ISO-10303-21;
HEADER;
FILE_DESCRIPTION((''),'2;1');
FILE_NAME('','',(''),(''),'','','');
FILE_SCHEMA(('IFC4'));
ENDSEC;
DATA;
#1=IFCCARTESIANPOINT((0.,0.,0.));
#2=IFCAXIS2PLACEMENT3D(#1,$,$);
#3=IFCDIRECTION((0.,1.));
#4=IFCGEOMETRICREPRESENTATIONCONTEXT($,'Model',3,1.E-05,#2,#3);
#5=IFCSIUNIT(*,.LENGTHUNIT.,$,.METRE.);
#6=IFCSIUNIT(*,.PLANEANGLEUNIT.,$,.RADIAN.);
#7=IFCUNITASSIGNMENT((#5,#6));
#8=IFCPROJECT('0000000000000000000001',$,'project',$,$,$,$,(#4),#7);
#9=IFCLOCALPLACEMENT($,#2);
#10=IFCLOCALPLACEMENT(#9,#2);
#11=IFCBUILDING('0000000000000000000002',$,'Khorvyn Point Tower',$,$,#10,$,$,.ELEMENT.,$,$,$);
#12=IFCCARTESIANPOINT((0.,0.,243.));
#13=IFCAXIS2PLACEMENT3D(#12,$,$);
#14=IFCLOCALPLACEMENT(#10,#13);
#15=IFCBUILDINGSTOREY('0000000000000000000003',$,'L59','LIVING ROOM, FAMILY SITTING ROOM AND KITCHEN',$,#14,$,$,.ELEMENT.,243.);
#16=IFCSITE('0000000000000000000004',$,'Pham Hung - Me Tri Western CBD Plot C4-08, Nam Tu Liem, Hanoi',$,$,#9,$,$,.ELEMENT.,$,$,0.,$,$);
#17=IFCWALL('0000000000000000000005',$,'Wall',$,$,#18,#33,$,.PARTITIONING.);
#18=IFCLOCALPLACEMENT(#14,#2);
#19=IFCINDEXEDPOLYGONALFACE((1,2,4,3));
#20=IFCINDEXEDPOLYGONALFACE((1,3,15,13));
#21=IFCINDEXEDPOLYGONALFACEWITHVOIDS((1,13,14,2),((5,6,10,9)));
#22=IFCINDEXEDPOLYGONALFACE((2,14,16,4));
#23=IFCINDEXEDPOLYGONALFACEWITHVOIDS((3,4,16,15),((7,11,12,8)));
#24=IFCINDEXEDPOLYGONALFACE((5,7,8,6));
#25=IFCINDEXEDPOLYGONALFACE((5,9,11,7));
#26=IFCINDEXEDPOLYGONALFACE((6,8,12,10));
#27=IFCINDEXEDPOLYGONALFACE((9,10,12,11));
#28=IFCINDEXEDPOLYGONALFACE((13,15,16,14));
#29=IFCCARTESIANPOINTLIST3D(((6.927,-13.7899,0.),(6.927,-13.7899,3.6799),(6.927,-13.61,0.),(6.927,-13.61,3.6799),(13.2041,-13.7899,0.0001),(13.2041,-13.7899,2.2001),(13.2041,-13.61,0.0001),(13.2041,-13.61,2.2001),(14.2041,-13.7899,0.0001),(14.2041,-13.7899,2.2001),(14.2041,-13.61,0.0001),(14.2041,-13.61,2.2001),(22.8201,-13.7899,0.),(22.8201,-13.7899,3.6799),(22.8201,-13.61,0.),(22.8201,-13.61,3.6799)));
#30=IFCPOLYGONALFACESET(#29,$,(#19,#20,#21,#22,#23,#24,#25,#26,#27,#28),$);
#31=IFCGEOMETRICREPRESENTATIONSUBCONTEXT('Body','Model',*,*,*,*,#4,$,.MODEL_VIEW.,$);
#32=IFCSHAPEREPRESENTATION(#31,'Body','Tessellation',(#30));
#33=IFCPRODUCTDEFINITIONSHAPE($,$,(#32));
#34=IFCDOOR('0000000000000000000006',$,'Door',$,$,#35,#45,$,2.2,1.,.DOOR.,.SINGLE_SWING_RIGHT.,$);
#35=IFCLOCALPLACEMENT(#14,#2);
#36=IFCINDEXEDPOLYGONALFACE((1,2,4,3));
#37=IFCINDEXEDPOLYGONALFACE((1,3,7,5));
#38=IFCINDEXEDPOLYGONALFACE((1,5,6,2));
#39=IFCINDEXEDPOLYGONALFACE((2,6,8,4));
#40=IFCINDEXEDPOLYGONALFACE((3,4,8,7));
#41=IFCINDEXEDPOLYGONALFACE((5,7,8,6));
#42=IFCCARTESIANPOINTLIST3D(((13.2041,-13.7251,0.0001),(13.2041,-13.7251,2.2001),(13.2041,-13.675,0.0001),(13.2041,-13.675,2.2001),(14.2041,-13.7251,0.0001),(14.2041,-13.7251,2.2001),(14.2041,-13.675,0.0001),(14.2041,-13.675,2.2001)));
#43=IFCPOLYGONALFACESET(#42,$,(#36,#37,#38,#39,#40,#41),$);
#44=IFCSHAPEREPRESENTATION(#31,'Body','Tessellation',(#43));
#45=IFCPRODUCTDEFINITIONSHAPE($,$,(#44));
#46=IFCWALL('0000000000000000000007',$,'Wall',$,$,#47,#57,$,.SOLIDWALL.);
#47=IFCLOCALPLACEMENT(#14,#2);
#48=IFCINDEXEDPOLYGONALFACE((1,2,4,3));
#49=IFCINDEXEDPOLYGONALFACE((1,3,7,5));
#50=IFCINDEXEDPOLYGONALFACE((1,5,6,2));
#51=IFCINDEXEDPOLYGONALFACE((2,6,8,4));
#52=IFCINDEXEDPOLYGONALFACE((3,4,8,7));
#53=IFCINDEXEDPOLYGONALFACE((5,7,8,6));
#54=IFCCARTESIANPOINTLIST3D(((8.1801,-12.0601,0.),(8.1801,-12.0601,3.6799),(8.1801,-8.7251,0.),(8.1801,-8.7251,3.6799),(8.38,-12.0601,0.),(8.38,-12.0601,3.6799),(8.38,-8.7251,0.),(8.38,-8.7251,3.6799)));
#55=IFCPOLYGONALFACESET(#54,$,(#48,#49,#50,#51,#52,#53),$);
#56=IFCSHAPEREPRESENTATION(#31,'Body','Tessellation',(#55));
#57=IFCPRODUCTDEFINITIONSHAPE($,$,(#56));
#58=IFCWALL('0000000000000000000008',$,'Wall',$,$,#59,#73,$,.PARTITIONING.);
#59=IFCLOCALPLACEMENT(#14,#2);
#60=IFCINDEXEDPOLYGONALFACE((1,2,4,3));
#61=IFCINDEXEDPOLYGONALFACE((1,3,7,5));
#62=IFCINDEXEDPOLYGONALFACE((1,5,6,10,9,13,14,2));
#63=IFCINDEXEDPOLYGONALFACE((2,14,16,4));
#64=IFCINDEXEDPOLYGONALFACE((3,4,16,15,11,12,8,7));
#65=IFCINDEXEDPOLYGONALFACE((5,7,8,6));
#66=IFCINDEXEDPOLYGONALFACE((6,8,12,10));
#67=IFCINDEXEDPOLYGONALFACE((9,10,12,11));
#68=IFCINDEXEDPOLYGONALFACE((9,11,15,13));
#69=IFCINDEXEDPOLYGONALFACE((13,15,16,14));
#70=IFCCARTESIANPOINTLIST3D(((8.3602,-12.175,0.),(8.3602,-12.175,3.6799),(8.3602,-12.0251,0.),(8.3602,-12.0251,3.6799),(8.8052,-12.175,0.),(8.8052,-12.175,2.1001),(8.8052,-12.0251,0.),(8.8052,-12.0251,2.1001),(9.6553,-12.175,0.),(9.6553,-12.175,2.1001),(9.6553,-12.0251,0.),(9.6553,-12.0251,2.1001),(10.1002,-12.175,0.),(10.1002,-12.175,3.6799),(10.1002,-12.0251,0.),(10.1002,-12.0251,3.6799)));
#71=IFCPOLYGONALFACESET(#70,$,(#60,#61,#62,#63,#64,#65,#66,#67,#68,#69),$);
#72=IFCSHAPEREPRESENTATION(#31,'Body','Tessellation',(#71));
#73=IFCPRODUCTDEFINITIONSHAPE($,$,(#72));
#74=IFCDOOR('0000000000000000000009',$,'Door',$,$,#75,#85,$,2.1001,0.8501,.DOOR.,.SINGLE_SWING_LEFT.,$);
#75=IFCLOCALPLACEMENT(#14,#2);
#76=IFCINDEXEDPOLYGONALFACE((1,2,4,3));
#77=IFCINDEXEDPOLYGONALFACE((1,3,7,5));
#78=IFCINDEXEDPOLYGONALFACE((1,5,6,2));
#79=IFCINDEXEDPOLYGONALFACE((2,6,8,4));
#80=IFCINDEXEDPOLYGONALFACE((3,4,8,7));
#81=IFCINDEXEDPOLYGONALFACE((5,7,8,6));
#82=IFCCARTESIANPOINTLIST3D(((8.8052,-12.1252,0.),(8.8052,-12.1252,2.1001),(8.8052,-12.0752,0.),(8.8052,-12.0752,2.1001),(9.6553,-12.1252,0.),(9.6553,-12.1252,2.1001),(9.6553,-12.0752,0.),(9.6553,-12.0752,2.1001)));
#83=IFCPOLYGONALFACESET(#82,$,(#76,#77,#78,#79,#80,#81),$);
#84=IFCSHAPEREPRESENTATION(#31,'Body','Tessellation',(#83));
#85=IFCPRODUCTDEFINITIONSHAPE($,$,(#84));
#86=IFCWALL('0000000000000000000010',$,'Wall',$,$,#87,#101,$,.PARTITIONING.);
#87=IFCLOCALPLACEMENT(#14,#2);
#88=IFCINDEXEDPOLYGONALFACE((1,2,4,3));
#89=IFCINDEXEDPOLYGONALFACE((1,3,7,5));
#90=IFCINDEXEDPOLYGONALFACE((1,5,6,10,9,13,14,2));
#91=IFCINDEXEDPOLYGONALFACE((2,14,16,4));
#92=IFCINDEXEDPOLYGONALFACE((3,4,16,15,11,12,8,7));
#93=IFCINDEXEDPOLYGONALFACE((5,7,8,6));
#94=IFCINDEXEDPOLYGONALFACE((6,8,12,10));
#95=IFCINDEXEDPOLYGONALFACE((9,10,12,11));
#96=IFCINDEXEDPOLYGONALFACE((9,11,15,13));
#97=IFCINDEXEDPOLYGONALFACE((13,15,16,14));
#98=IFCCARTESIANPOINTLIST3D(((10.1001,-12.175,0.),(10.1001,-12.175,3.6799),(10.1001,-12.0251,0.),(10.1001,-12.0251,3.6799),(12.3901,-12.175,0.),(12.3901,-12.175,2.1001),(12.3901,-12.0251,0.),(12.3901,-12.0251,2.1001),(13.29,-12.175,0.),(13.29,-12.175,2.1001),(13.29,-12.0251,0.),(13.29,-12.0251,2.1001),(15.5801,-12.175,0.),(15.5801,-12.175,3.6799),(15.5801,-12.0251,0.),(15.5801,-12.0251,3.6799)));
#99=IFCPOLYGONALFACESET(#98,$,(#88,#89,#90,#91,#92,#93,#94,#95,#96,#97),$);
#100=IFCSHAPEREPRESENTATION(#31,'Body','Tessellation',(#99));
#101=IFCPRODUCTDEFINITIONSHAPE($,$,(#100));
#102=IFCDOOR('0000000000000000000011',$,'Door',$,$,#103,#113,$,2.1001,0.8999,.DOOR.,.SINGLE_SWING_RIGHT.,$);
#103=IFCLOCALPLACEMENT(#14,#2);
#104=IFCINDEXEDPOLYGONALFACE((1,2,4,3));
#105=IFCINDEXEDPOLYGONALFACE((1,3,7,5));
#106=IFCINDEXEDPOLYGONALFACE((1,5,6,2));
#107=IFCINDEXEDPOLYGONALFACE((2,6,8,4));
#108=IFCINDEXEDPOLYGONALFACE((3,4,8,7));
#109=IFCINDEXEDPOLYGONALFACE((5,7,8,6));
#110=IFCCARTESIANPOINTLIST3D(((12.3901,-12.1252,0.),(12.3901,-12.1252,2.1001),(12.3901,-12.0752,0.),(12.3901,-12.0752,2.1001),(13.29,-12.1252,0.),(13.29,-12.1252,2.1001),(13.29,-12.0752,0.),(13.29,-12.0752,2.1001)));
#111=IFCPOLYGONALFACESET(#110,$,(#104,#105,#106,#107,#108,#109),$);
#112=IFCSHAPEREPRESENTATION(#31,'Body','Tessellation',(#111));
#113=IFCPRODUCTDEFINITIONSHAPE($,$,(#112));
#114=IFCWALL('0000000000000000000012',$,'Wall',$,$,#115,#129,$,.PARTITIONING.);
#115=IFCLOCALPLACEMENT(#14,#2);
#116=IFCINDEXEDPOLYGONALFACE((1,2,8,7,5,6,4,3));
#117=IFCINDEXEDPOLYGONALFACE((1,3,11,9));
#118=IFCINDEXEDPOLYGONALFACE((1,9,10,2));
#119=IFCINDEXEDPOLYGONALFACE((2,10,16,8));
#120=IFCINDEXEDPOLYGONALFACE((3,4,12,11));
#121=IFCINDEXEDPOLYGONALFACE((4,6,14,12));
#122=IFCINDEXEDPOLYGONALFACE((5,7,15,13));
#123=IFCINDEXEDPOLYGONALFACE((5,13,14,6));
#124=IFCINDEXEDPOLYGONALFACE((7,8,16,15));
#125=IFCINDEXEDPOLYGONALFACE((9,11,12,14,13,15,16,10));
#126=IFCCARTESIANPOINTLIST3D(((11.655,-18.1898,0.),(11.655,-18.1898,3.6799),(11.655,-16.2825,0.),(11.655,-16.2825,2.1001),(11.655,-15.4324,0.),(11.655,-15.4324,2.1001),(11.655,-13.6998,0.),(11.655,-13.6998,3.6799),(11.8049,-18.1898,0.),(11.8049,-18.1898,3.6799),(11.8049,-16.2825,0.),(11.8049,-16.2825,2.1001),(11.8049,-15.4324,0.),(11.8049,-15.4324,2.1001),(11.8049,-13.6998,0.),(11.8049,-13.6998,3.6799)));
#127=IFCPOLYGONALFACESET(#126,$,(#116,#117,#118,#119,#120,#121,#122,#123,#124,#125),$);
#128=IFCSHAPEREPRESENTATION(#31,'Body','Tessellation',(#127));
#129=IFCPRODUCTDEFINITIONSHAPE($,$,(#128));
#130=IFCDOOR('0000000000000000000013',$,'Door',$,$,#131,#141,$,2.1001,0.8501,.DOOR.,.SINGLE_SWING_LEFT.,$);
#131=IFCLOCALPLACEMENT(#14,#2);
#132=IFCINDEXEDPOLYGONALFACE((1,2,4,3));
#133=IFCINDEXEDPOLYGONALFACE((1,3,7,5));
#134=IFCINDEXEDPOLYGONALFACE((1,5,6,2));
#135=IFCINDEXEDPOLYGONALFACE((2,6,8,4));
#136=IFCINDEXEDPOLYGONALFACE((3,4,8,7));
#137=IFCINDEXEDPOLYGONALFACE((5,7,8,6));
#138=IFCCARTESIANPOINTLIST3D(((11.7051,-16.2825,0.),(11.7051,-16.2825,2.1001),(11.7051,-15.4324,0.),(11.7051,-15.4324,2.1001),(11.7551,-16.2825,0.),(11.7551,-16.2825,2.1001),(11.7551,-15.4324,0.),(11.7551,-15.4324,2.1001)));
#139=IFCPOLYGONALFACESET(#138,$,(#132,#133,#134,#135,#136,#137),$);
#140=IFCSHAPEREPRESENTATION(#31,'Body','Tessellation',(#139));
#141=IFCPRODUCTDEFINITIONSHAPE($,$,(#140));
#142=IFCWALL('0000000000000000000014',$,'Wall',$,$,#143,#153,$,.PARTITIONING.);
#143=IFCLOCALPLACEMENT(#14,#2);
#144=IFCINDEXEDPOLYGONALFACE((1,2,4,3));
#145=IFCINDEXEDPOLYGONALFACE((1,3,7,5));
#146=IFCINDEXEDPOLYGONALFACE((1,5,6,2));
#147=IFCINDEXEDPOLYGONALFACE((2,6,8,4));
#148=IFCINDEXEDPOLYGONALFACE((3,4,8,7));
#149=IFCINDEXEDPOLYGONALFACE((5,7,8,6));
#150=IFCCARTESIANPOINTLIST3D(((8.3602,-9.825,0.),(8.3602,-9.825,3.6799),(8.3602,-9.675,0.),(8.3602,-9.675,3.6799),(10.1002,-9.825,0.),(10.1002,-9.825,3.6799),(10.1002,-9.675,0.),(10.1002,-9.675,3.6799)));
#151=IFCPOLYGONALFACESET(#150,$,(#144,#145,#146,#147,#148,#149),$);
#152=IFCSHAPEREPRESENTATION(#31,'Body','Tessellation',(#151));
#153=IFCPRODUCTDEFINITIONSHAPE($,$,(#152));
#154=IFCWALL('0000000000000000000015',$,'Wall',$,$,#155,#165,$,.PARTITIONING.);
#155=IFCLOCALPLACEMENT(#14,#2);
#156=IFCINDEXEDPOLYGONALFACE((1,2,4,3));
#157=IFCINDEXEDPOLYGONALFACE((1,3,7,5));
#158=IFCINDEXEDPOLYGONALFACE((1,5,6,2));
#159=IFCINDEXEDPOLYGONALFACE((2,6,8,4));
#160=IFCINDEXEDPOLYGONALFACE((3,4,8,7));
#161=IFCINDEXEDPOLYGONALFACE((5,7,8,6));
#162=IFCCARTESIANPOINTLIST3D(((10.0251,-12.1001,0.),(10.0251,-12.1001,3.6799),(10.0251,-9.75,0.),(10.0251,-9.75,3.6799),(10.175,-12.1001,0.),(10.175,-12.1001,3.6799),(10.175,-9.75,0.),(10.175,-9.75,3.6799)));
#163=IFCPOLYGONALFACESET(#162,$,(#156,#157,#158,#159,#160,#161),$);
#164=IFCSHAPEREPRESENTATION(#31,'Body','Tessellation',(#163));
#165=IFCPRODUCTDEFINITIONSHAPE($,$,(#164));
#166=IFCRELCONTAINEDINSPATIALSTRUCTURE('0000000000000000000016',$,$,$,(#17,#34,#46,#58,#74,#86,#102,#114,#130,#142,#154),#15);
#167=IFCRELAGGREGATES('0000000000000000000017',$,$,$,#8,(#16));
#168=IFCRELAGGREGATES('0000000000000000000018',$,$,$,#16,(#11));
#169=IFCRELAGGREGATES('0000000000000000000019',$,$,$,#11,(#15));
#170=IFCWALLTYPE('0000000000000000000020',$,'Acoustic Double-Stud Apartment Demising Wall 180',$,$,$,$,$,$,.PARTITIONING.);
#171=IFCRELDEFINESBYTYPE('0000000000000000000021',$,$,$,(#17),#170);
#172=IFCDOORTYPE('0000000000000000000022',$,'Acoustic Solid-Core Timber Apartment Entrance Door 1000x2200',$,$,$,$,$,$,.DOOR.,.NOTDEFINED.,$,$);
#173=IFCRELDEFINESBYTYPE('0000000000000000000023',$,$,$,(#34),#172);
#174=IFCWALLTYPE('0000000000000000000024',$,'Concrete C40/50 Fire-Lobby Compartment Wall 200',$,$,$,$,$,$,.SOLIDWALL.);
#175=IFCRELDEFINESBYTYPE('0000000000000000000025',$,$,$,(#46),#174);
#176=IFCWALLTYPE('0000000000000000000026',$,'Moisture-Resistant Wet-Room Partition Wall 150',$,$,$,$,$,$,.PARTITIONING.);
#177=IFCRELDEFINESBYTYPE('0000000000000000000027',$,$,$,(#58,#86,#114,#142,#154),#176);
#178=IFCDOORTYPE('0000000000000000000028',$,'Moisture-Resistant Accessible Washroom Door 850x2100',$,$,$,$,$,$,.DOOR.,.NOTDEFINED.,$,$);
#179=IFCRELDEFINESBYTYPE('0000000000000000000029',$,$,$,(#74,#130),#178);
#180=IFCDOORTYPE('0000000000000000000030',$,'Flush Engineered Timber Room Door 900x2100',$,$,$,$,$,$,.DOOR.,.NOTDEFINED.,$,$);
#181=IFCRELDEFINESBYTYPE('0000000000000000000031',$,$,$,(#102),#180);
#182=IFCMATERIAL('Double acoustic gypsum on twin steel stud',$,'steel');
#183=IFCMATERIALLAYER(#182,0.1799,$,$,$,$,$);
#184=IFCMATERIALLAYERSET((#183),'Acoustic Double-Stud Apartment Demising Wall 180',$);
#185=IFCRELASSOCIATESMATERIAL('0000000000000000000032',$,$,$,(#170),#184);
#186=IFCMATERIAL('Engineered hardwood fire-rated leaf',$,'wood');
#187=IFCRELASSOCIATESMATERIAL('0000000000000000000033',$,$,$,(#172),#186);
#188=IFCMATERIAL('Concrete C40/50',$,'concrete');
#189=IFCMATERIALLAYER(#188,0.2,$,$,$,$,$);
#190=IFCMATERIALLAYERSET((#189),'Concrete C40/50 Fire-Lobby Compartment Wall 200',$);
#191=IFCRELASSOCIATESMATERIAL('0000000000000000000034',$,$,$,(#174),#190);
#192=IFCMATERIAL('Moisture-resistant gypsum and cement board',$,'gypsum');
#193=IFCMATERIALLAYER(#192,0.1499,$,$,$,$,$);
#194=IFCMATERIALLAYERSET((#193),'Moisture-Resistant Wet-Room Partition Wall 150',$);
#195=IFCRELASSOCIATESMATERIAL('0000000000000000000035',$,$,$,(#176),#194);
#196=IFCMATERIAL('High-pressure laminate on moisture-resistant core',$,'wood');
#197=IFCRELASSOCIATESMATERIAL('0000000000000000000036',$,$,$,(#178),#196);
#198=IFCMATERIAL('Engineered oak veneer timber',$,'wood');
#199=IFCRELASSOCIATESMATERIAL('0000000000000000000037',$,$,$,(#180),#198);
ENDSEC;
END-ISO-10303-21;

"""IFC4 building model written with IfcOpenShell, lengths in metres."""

from ifc_helpers import new_model, si_unit, direction, frame, frame_2d, origin, place, context, subcontext, project, spatial, rectangle, extrude, material, layer, layer_set, type_object, element, fill, save


model = new_model("IFC4")

# Units and contexts
model_context = context("Model", 3, precision=1e-05, world=origin(), true_north=direction((0.0, 1.0)))
body_context = subcontext(model_context, "Body", "Model", "MODEL_VIEW")
ifc_project = project(units=[si_unit("LENGTHUNIT", "METRE"), si_unit("PLANEANGLEUNIT", "RADIAN")], contexts=[model_context])

# Site, building, storey
site_placement = place(None, origin())
site = spatial("IfcSite", under=ifc_project, at=site_placement, Name="Pham Hung - Me Tri Western CBD Plot C4-08, Nam Tu Liem, Hanoi", CompositionType="ELEMENT", RefElevation=0.0)
building_placement = place(site_placement, origin())
building = spatial("IfcBuilding", under=site, at=building_placement, Name="Khorvyn Point Tower", CompositionType="ELEMENT")
storey_placement = place(building_placement, frame((0.0, 0.0, 243.0)))
storey = spatial("IfcBuildingStorey", under=building, at=storey_placement, Name="L59", Description="LIVING ROOM, FAMILY SITTING ROOM AND KITCHEN", CompositionType="ELEMENT", Elevation=243.0)

# Shared definitions
ifc_material_1 = material(Name="Concrete C40/50", Category="concrete")

# Wall, opening, door
ifc_material_2 = material(Name="Double acoustic gypsum on twin steel stud", Category="steel")
ifc_layer_1 = layer(ifc_material_2, 0.1799)
ifc_layer_set_1 = layer_set([ifc_layer_1], Name="Acoustic Double-Stud Apartment Demising Wall 180")
wall_type_1 = type_object("IfcWallType", Name="Acoustic Double-Stud Apartment Demising Wall 180", PredefinedType="PARTITIONING", material=ifc_layer_set_1)
wall_1_placement = place(storey_placement, frame((6.927, -13.7, 0.0), z_axis=(0.0, 0.0, 1.0), x_axis=(1.0, 0.0, 0.0)))
wall_1 = element("IfcWall", 1, at=wall_1_placement, inside=storey, type_object=wall_type_1, Name="Wall", PredefinedType="PARTITIONING", context=body_context, shape_type="SweptSolid", body=[
    extrude(rectangle(XDim=15.8931, YDim=0.1799, at=frame_2d((7.9465, 0.0))), origin(), (0.0, 0.0, 1.0), 3.6799),
])
opening_1_placement = place(wall_1_placement, frame((6.2771, 0.0, 0.0)))
opening_1 = element("IfcOpeningElement", 2, at=opening_1_placement, cuts=wall_1, PredefinedType="OPENING", context=body_context, shape_type="SweptSolid", body=[
    extrude(rectangle(XDim=1.0, YDim=2.2, at=frame_2d((0.5, 1.1001))), frame((0.0, 0.0999, 0.0), z_axis=(0.0, -1.0, 0.0), x_axis=(1.0, 0.0, 0.0)), (0.0, 0.0, 1.0), 0.2),
])
ifc_material_3 = material(Name="Engineered hardwood fire-rated leaf", Category="wood")
door_type_1 = type_object("IfcDoorType", Name="Acoustic Solid-Core Timber Apartment Entrance Door 1000x2200", OperationType="NOTDEFINED", PredefinedType="DOOR", material=ifc_material_3)
door_1_placement = place(opening_1_placement, origin())
door_1 = element("IfcDoor", 3, at=door_1_placement, inside=storey, type_object=door_type_1, Name="Door", OperationType="SINGLE_SWING_RIGHT", OverallHeight=2.2, OverallWidth=1.0, PredefinedType="DOOR", context=body_context, shape_type="SweptSolid", body=[
    extrude(rectangle(XDim=1.0, YDim=2.2, at=frame_2d((0.5, 1.1001))), frame((0.0, 0.0249, 0.0), z_axis=(0.0, -1.0, 0.0), x_axis=(1.0, 0.0, 0.0)), (0.0, 0.0, 1.0), 0.05),
])
fill(opening_1, door_1)
ifc_layer_2 = layer(ifc_material_1, 0.2)
ifc_layer_set_2 = layer_set([ifc_layer_2], Name="Concrete C40/50 Fire-Lobby Compartment Wall 200")
wall_type_2 = type_object("IfcWallType", Name="Concrete C40/50 Fire-Lobby Compartment Wall 200", PredefinedType="SOLIDWALL", material=ifc_layer_set_2)

# Wall
wall_2_placement = place(storey_placement, frame((8.28, -12.0601, 0.0), z_axis=(0.0, 0.0, 1.0), x_axis=(0.0, 1.0, 0.0)))
element("IfcWall", 4, at=wall_2_placement, inside=storey, type_object=wall_type_2, Name="Wall", PredefinedType="SOLIDWALL", context=body_context, shape_type="SweptSolid", body=[
    extrude(rectangle(XDim=3.335, YDim=0.2, at=frame_2d((1.6675, 0.0))), origin(), (0.0, 0.0, 1.0), 3.6799),
])

# Walls, openings, doors
ifc_material_4 = material(Name="Moisture-resistant gypsum and cement board", Category="gypsum")
ifc_layer_3 = layer(ifc_material_4, 0.1499)
ifc_layer_set_3 = layer_set([ifc_layer_3], Name="Moisture-Resistant Wet-Room Partition Wall 150")
wall_type_3 = type_object("IfcWallType", Name="Moisture-Resistant Wet-Room Partition Wall 150", PredefinedType="PARTITIONING", material=ifc_layer_set_3)
wall_3_placement = place(storey_placement, frame((8.3601, -12.1001, 0.0), z_axis=(0.0, 0.0, 1.0), x_axis=(1.0, 0.0, 0.0)))
wall_3 = element("IfcWall", 5, at=wall_3_placement, inside=storey, type_object=wall_type_3, Name="Wall", PredefinedType="PARTITIONING", context=body_context, shape_type="SweptSolid", body=[
    extrude(rectangle(XDim=1.74, YDim=0.1499, at=frame_2d((0.8701, 0.0))), origin(), (0.0, 0.0, 1.0), 3.6799),
])
opening_2_placement = place(wall_3_placement, frame((0.4451, 0.0, 0.0)))
opening_2 = element("IfcOpeningElement", 6, at=opening_2_placement, cuts=wall_3, PredefinedType="OPENING", context=body_context, shape_type="SweptSolid", body=[
    extrude(rectangle(XDim=0.8501, YDim=2.1001, at=frame_2d((0.425, 1.05))), frame((0.0, 0.085, 0.0), z_axis=(0.0, -1.0, 0.0), x_axis=(1.0, 0.0, 0.0)), (0.0, 0.0, 1.0), 0.1699),
])
ifc_material_5 = material(Name="High-pressure laminate on moisture-resistant core", Category="wood")
door_type_2 = type_object("IfcDoorType", Name="Moisture-Resistant Accessible Washroom Door 850x2100", OperationType="NOTDEFINED", PredefinedType="DOOR", material=ifc_material_5)
door_2_placement = place(opening_2_placement, origin())
door_2 = element("IfcDoor", 7, at=door_2_placement, inside=storey, type_object=door_type_2, Name="Door", OperationType="SINGLE_SWING_LEFT", OverallHeight=2.1001, OverallWidth=0.8501, PredefinedType="DOOR", context=body_context, shape_type="SweptSolid", body=[
    extrude(rectangle(XDim=0.8501, YDim=2.1001, at=frame_2d((0.425, 1.05))), frame((0.0, 0.0249, 0.0), z_axis=(0.0, -1.0, 0.0), x_axis=(1.0, 0.0, 0.0)), (0.0, 0.0, 1.0), 0.05),
])
fill(opening_2, door_2)
wall_4_placement = place(storey_placement, frame((10.1001, -12.1001, 0.0), z_axis=(0.0, 0.0, 1.0), x_axis=(1.0, 0.0, 0.0)))
wall_4 = element("IfcWall", 8, at=wall_4_placement, inside=storey, type_object=wall_type_3, Name="Wall", PredefinedType="PARTITIONING", context=body_context, shape_type="SweptSolid", body=[
    extrude(rectangle(XDim=5.48, YDim=0.1499, at=frame_2d((2.74, 0.0))), origin(), (0.0, 0.0, 1.0), 3.6799),
])
opening_3_placement = place(wall_4_placement, frame((2.29, 0.0, 0.0)))
opening_3 = element("IfcOpeningElement", 9, at=opening_3_placement, cuts=wall_4, PredefinedType="OPENING", context=body_context, shape_type="SweptSolid", body=[
    extrude(rectangle(XDim=0.8999, YDim=2.1001, at=frame_2d((0.45, 1.05))), frame((0.0, 0.085, 0.0), z_axis=(0.0, -1.0, 0.0), x_axis=(1.0, 0.0, 0.0)), (0.0, 0.0, 1.0), 0.1699),
])
ifc_material_6 = material(Name="Engineered oak veneer timber", Category="wood")
door_type_3 = type_object("IfcDoorType", Name="Flush Engineered Timber Room Door 900x2100", OperationType="NOTDEFINED", PredefinedType="DOOR", material=ifc_material_6)
door_3_placement = place(opening_3_placement, origin())
door_3 = element("IfcDoor", 10, at=door_3_placement, inside=storey, type_object=door_type_3, Name="Door", OperationType="SINGLE_SWING_RIGHT", OverallHeight=2.1001, OverallWidth=0.8999, PredefinedType="DOOR", context=body_context, shape_type="SweptSolid", body=[
    extrude(rectangle(XDim=0.8999, YDim=2.1001, at=frame_2d((0.45, 1.05))), frame((0.0, 0.0249, 0.0), z_axis=(0.0, -1.0, 0.0), x_axis=(1.0, 0.0, 0.0)), (0.0, 0.0, 1.0), 0.05),
])
fill(opening_3, door_3)
wall_5_placement = place(storey_placement, frame((11.73, -18.1899, 0.0), z_axis=(0.0, 0.0, 1.0), x_axis=(0.0, 1.0, 0.0)))
wall_5 = element("IfcWall", 11, at=wall_5_placement, inside=storey, type_object=wall_type_3, Name="Wall", PredefinedType="PARTITIONING", context=body_context, shape_type="SweptSolid", body=[
    extrude(rectangle(XDim=4.49, YDim=0.1499, at=frame_2d((2.2451, 0.0))), origin(), (0.0, 0.0, 1.0), 3.6799),
])
opening_4_placement = place(wall_5_placement, frame((1.9075, 0.0, 0.0)))
opening_4 = element("IfcOpeningElement", 12, at=opening_4_placement, cuts=wall_5, PredefinedType="OPENING", context=body_context, shape_type="SweptSolid", body=[
    extrude(rectangle(XDim=0.8501, YDim=2.1001, at=frame_2d((0.425, 1.05))), frame((0.0, 0.085, 0.0), z_axis=(0.0, -1.0, 0.0), x_axis=(1.0, 0.0, 0.0)), (0.0, 0.0, 1.0), 0.1699),
])
door_4_placement = place(opening_4_placement, origin())
door_4 = element("IfcDoor", 13, at=door_4_placement, inside=storey, type_object=door_type_2, Name="Door", OperationType="SINGLE_SWING_LEFT", OverallHeight=2.1001, OverallWidth=0.8501, PredefinedType="DOOR", context=body_context, shape_type="SweptSolid", body=[
    extrude(rectangle(XDim=0.8501, YDim=2.1001, at=frame_2d((0.425, 1.05))), frame((0.0, 0.0249, 0.0), z_axis=(0.0, -1.0, 0.0), x_axis=(1.0, 0.0, 0.0)), (0.0, 0.0, 1.0), 0.05),
])
fill(opening_4, door_4)

# Walls
wall_6_placement = place(storey_placement, frame((8.3601, -9.75, 0.0), z_axis=(0.0, 0.0, 1.0), x_axis=(1.0, 0.0, 0.0)))
element("IfcWall", 14, at=wall_6_placement, inside=storey, type_object=wall_type_3, Name="Wall", PredefinedType="PARTITIONING", context=body_context, shape_type="SweptSolid", body=[
    extrude(rectangle(XDim=1.74, YDim=0.1499, at=frame_2d((0.8701, 0.0))), origin(), (0.0, 0.0, 1.0), 3.6799),
])
wall_7_placement = place(storey_placement, frame((10.1001, -12.1001, 0.0), z_axis=(0.0, 0.0, 1.0), x_axis=(0.0, 1.0, 0.0)))
element("IfcWall", 15, at=wall_7_placement, inside=storey, type_object=wall_type_3, Name="Wall", PredefinedType="PARTITIONING", context=body_context, shape_type="SweptSolid", body=[
    extrude(rectangle(XDim=2.3501, YDim=0.1499, at=frame_2d((1.175, 0.0))), origin(), (0.0, 0.0, 1.0), 3.6799),
])

save(model, "model.ifc")
